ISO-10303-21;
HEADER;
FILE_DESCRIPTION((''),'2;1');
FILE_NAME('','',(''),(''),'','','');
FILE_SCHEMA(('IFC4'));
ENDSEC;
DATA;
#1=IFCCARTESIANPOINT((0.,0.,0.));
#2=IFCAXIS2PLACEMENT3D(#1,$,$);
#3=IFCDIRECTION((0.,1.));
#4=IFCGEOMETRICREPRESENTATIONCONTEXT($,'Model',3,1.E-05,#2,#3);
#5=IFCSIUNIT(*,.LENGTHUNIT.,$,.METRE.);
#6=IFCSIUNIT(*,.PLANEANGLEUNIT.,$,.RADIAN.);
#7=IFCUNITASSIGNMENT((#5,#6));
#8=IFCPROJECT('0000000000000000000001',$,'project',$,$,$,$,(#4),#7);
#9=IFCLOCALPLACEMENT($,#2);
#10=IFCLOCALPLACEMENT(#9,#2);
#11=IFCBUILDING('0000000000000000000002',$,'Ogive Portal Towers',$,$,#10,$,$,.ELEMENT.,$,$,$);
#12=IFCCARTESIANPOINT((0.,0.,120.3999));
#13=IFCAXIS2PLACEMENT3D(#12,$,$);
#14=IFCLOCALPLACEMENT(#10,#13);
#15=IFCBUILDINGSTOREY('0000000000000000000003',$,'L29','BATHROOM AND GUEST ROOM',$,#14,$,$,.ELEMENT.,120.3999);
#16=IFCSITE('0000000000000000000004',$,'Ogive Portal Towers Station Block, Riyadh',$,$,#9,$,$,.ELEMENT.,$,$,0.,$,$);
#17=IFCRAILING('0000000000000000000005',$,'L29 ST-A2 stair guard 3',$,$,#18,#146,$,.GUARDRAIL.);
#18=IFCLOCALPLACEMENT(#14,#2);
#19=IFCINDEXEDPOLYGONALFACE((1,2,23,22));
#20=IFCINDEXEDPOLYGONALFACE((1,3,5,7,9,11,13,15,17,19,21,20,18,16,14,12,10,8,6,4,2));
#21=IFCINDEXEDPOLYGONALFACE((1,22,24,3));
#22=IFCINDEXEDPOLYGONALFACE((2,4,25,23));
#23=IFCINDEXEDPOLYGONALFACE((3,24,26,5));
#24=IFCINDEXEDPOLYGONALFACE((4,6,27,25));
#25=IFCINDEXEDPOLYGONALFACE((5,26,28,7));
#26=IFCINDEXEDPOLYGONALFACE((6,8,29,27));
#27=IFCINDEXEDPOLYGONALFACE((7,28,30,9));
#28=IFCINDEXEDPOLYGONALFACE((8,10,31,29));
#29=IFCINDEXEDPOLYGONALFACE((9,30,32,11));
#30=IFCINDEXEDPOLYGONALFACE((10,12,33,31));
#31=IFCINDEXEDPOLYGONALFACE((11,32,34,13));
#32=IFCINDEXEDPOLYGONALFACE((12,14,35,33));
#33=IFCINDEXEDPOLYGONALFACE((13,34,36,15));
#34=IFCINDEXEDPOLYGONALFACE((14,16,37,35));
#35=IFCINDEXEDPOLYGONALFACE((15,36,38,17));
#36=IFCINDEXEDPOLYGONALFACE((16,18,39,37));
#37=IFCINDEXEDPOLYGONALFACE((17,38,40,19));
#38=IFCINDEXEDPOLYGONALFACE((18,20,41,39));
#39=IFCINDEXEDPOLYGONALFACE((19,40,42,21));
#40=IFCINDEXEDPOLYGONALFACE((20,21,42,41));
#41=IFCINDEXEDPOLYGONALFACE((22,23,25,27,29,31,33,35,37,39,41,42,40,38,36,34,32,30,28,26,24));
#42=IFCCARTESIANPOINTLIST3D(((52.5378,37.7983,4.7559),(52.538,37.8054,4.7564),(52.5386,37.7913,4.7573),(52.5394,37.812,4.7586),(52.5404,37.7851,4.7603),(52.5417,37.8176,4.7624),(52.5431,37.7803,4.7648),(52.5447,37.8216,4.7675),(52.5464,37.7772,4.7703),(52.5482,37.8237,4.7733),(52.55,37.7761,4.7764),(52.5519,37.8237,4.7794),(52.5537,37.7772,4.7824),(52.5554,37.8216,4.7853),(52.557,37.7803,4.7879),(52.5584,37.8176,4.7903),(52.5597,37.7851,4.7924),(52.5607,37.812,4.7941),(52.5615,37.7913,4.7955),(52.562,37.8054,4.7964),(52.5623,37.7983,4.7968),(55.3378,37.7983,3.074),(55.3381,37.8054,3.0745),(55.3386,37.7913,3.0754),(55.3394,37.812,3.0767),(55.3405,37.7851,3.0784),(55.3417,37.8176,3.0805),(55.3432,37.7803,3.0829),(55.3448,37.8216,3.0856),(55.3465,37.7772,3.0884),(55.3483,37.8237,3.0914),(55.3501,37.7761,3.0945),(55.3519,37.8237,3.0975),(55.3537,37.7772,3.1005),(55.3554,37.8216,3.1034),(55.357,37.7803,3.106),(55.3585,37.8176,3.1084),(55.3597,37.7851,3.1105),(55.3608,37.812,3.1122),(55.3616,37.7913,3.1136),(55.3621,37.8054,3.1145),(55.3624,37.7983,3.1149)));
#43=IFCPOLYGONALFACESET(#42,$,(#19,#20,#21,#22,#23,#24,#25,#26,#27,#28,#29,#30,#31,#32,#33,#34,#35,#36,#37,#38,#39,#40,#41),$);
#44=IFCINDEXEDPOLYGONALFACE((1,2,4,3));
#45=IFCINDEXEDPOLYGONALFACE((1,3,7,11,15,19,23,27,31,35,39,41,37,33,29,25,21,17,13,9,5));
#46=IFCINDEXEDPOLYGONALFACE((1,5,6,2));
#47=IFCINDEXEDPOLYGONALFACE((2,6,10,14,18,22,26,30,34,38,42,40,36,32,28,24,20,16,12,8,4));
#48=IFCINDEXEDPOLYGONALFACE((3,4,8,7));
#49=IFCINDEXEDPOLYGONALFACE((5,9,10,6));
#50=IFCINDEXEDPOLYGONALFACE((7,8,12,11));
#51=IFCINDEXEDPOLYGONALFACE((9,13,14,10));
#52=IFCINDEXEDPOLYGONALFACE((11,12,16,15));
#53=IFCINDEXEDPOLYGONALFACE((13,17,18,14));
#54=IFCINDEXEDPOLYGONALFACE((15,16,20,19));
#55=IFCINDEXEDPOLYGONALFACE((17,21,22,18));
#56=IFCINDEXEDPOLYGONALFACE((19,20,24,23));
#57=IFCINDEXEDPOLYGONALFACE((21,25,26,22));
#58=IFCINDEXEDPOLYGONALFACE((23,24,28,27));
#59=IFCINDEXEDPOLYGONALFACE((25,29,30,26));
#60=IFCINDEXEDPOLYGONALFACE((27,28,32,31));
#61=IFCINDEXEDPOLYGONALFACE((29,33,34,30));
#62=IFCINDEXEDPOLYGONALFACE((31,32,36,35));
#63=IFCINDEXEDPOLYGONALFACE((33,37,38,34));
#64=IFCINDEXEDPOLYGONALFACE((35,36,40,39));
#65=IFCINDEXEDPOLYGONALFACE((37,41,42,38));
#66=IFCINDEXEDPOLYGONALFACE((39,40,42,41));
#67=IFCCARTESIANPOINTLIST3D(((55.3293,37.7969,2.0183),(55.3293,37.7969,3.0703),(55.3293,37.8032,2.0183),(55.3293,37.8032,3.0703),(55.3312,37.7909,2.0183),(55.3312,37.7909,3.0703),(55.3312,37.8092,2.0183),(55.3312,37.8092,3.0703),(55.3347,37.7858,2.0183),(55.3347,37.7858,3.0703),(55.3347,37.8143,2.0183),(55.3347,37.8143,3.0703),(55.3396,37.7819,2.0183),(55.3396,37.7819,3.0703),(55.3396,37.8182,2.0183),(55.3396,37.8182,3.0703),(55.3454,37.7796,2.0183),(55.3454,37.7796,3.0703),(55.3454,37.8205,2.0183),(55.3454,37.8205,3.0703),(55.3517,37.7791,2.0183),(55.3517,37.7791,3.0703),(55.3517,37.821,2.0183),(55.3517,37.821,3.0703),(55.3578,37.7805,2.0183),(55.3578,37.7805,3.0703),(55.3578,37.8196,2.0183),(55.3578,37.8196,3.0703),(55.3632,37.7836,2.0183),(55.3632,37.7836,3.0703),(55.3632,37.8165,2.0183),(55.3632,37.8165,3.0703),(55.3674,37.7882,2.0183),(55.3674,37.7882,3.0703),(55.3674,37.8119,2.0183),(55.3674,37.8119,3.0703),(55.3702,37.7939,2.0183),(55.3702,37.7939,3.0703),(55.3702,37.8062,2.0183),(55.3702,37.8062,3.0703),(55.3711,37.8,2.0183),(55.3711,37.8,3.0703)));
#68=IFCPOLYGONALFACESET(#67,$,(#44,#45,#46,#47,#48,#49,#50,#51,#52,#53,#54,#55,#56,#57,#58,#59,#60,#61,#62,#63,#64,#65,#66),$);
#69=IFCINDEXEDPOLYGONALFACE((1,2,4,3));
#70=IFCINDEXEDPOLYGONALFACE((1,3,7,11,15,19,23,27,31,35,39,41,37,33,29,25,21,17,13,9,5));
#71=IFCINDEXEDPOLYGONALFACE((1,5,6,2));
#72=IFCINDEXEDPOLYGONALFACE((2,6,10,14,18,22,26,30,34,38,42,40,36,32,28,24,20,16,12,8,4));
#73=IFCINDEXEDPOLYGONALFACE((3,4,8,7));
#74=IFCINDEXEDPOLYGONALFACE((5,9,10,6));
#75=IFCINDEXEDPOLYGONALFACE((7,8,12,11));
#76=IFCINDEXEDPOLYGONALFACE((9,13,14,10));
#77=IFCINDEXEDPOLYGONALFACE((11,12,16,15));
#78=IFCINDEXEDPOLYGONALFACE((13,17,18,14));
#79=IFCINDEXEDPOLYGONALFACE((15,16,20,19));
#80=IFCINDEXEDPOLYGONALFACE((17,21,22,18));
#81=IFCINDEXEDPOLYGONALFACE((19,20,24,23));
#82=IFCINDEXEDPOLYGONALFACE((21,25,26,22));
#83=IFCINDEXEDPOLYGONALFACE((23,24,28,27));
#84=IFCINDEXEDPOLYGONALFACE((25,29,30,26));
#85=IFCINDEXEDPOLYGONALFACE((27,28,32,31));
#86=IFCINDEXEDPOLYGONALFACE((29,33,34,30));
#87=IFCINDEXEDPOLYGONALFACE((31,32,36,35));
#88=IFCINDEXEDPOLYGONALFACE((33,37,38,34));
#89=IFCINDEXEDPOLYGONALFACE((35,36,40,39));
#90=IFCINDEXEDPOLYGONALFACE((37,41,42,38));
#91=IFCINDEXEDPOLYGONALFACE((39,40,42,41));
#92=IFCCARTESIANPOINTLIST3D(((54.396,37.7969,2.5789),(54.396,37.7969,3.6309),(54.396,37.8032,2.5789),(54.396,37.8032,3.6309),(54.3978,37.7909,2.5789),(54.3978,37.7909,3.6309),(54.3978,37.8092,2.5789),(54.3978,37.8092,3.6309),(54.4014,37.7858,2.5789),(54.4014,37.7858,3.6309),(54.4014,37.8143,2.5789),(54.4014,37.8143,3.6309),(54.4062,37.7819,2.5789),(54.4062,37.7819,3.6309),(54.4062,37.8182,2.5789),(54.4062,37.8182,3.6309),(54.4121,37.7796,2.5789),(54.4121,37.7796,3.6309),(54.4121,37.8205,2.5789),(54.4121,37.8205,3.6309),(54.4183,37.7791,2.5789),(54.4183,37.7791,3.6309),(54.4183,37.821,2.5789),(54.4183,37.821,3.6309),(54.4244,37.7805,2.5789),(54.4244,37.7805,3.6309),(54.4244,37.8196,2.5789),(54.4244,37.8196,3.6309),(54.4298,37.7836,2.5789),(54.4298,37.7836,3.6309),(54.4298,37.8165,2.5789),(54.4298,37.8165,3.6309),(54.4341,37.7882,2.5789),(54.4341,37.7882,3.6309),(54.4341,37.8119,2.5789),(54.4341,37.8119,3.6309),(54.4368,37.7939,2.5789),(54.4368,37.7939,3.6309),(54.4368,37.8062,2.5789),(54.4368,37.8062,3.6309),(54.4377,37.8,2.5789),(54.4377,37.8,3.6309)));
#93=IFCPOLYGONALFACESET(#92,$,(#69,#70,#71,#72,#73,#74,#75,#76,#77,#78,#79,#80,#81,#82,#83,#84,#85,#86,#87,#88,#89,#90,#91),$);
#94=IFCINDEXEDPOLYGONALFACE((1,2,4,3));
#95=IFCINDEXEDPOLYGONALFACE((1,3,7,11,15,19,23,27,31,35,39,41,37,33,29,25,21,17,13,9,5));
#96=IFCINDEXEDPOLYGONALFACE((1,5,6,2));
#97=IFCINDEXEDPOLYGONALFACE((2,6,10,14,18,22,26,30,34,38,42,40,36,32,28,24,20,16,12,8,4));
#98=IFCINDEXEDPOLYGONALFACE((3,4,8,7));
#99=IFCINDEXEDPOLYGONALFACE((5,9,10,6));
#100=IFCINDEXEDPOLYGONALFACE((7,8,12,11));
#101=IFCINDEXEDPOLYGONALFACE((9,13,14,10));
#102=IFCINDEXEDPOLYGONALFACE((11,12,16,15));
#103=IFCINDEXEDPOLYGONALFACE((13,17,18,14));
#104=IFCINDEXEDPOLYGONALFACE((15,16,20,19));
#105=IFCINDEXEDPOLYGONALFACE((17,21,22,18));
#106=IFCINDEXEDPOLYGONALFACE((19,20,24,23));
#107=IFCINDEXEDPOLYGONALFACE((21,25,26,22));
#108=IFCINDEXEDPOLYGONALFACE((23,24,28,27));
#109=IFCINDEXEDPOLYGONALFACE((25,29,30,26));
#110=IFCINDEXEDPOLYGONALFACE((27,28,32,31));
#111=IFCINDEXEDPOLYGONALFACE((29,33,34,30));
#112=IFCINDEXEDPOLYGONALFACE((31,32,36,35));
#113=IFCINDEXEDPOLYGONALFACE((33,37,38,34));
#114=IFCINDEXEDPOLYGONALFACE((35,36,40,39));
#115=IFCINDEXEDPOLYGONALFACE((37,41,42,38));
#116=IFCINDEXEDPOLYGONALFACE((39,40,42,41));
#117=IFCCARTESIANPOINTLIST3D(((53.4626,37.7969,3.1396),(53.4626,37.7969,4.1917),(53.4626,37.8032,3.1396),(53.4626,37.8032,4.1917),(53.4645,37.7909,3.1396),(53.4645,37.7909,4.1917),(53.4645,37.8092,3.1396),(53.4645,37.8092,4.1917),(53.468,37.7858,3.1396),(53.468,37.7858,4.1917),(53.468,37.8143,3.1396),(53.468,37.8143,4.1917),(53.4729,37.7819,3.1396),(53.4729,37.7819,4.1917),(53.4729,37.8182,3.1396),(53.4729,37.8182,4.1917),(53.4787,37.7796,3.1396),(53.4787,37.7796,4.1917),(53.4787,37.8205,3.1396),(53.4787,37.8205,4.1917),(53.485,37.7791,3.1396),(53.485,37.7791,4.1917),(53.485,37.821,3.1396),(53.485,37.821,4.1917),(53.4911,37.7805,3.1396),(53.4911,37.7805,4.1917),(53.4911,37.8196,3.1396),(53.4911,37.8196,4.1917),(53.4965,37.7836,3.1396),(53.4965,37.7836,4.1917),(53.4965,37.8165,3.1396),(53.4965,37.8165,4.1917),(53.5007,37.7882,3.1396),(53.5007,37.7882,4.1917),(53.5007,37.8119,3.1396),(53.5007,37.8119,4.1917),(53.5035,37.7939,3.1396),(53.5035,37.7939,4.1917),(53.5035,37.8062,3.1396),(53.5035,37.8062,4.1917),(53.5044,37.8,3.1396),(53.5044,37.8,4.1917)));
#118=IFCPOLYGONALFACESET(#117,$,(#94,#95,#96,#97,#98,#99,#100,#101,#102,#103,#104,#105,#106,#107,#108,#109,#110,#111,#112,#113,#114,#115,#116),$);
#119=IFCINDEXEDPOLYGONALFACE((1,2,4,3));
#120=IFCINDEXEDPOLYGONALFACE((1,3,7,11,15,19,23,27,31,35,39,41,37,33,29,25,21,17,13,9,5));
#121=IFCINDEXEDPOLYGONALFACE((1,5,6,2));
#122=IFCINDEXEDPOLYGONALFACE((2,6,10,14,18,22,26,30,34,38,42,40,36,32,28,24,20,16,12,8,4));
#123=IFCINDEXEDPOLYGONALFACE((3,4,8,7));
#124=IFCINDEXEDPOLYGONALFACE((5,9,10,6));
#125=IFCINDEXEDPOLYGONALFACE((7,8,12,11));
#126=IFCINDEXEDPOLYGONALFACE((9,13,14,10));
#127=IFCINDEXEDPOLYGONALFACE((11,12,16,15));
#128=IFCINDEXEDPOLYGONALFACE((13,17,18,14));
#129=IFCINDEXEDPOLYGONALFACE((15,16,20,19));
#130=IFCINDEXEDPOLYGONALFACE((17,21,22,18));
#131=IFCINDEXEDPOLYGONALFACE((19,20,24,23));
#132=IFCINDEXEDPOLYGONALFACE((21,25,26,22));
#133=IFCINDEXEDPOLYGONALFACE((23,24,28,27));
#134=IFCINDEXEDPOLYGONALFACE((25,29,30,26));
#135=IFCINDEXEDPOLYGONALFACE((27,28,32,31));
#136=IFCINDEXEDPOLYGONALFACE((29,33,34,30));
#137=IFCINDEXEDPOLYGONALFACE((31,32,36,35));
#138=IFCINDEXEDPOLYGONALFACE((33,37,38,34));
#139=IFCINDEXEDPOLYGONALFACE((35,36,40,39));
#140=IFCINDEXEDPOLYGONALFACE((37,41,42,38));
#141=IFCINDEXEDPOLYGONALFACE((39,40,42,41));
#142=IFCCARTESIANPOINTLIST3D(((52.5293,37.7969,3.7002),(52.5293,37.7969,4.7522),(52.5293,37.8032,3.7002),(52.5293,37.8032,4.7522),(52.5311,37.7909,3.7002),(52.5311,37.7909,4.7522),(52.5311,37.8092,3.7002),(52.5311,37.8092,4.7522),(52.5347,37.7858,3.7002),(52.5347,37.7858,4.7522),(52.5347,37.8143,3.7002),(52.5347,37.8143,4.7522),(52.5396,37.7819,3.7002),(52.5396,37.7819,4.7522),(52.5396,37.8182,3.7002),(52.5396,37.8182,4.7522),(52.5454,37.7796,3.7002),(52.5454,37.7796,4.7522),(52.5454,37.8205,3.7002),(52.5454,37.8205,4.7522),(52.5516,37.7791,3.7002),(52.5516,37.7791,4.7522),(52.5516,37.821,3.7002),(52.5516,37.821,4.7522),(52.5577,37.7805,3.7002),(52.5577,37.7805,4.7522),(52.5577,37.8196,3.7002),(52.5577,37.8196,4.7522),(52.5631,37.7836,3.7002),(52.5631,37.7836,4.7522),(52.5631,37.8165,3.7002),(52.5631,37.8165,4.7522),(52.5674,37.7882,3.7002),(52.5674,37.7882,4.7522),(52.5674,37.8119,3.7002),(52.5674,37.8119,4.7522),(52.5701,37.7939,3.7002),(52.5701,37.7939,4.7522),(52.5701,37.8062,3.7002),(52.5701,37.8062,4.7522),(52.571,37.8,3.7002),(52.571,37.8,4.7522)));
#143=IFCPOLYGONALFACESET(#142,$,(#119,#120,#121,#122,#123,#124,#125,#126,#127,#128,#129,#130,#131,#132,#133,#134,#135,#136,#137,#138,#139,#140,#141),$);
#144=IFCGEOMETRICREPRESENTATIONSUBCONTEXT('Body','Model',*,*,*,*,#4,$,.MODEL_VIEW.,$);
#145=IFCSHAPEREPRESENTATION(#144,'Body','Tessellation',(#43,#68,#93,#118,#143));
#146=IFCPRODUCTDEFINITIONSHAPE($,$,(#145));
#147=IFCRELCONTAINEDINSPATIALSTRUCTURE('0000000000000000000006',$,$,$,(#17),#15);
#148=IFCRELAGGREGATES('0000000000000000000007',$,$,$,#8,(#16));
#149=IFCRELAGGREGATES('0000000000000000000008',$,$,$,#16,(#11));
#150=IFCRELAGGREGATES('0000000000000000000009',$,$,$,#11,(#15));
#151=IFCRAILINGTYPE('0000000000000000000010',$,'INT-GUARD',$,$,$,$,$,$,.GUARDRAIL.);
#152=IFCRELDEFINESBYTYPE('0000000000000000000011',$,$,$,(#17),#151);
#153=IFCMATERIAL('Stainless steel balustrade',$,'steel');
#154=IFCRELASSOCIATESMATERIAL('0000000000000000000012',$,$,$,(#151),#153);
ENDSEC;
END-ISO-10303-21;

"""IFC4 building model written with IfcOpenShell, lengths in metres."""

from ifc_helpers import new_model, si_unit, direction, frame, origin, origin_2d, place, context, subcontext, project, spatial, circle, extrude, material, type_object, element, save


model = new_model("IFC4")

# Units and contexts
model_context = context("Model", 3, precision=1e-05, world=origin(), true_north=direction((0.0, 1.0)))
body_context = subcontext(model_context, "Body", "Model", "MODEL_VIEW")
ifc_project = project(units=[si_unit("LENGTHUNIT", "METRE"), si_unit("PLANEANGLEUNIT", "RADIAN")], contexts=[model_context])

# Site, building, storey
site_placement = place(None, origin())
site = spatial("IfcSite", under=ifc_project, at=site_placement, Name="Ogive Portal Towers Station Block, Riyadh", CompositionType="ELEMENT", RefElevation=0.0)
building_placement = place(site_placement, origin())
building = spatial("IfcBuilding", under=site, at=building_placement, Name="Ogive Portal Towers", CompositionType="ELEMENT")
storey_placement = place(building_placement, frame((0.0, 0.0, 120.3999)))
storey = spatial("IfcBuildingStorey", under=building, at=storey_placement, Name="L29", Description="BATHROOM AND GUEST ROOM", CompositionType="ELEMENT", Elevation=120.3999)

# Railing
ifc_material_1 = material(Name="Stainless steel balustrade", Category="steel")
railing_type_1 = type_object("IfcRailingType", Name="INT-GUARD", PredefinedType="GUARDRAIL", material=ifc_material_1)
railing_1_placement = place(storey_placement, frame((55.3501, 37.8, 2.0183)))
element("IfcRailing", 1, at=railing_1_placement, inside=storey, type_object=railing_type_1, Name="L29 ST-A2 stair guard 3", PredefinedType="GUARDRAIL", context=body_context, shape_type="SweptSolid", body=[
    extrude(circle(Radius=0.0239, at=origin_2d()), frame((0.0, 0.0, 1.0762), z_axis=(-0.857242, 0.0, 0.514913), x_axis=(0.0, -1.0, 0.0)), (0.0, 0.0, 1.0), 3.2664),
    extrude(circle(Radius=0.021, at=origin_2d()), origin(), (0.0, 0.0, 1.0), 1.052),
    extrude(circle(Radius=0.021, at=origin_2d()), frame((-0.9333, 0.0, 0.5605)), (0.0, 0.0, 1.0), 1.052),
    extrude(circle(Radius=0.021, at=origin_2d()), frame((-1.8667, 0.0, 1.1213)), (0.0, 0.0, 1.0), 1.052),
    extrude(circle(Radius=0.021, at=origin_2d()), frame((-2.8, 0.0, 1.6819)), (0.0, 0.0, 1.0), 1.052),
])

save(model, "model.ifc")
